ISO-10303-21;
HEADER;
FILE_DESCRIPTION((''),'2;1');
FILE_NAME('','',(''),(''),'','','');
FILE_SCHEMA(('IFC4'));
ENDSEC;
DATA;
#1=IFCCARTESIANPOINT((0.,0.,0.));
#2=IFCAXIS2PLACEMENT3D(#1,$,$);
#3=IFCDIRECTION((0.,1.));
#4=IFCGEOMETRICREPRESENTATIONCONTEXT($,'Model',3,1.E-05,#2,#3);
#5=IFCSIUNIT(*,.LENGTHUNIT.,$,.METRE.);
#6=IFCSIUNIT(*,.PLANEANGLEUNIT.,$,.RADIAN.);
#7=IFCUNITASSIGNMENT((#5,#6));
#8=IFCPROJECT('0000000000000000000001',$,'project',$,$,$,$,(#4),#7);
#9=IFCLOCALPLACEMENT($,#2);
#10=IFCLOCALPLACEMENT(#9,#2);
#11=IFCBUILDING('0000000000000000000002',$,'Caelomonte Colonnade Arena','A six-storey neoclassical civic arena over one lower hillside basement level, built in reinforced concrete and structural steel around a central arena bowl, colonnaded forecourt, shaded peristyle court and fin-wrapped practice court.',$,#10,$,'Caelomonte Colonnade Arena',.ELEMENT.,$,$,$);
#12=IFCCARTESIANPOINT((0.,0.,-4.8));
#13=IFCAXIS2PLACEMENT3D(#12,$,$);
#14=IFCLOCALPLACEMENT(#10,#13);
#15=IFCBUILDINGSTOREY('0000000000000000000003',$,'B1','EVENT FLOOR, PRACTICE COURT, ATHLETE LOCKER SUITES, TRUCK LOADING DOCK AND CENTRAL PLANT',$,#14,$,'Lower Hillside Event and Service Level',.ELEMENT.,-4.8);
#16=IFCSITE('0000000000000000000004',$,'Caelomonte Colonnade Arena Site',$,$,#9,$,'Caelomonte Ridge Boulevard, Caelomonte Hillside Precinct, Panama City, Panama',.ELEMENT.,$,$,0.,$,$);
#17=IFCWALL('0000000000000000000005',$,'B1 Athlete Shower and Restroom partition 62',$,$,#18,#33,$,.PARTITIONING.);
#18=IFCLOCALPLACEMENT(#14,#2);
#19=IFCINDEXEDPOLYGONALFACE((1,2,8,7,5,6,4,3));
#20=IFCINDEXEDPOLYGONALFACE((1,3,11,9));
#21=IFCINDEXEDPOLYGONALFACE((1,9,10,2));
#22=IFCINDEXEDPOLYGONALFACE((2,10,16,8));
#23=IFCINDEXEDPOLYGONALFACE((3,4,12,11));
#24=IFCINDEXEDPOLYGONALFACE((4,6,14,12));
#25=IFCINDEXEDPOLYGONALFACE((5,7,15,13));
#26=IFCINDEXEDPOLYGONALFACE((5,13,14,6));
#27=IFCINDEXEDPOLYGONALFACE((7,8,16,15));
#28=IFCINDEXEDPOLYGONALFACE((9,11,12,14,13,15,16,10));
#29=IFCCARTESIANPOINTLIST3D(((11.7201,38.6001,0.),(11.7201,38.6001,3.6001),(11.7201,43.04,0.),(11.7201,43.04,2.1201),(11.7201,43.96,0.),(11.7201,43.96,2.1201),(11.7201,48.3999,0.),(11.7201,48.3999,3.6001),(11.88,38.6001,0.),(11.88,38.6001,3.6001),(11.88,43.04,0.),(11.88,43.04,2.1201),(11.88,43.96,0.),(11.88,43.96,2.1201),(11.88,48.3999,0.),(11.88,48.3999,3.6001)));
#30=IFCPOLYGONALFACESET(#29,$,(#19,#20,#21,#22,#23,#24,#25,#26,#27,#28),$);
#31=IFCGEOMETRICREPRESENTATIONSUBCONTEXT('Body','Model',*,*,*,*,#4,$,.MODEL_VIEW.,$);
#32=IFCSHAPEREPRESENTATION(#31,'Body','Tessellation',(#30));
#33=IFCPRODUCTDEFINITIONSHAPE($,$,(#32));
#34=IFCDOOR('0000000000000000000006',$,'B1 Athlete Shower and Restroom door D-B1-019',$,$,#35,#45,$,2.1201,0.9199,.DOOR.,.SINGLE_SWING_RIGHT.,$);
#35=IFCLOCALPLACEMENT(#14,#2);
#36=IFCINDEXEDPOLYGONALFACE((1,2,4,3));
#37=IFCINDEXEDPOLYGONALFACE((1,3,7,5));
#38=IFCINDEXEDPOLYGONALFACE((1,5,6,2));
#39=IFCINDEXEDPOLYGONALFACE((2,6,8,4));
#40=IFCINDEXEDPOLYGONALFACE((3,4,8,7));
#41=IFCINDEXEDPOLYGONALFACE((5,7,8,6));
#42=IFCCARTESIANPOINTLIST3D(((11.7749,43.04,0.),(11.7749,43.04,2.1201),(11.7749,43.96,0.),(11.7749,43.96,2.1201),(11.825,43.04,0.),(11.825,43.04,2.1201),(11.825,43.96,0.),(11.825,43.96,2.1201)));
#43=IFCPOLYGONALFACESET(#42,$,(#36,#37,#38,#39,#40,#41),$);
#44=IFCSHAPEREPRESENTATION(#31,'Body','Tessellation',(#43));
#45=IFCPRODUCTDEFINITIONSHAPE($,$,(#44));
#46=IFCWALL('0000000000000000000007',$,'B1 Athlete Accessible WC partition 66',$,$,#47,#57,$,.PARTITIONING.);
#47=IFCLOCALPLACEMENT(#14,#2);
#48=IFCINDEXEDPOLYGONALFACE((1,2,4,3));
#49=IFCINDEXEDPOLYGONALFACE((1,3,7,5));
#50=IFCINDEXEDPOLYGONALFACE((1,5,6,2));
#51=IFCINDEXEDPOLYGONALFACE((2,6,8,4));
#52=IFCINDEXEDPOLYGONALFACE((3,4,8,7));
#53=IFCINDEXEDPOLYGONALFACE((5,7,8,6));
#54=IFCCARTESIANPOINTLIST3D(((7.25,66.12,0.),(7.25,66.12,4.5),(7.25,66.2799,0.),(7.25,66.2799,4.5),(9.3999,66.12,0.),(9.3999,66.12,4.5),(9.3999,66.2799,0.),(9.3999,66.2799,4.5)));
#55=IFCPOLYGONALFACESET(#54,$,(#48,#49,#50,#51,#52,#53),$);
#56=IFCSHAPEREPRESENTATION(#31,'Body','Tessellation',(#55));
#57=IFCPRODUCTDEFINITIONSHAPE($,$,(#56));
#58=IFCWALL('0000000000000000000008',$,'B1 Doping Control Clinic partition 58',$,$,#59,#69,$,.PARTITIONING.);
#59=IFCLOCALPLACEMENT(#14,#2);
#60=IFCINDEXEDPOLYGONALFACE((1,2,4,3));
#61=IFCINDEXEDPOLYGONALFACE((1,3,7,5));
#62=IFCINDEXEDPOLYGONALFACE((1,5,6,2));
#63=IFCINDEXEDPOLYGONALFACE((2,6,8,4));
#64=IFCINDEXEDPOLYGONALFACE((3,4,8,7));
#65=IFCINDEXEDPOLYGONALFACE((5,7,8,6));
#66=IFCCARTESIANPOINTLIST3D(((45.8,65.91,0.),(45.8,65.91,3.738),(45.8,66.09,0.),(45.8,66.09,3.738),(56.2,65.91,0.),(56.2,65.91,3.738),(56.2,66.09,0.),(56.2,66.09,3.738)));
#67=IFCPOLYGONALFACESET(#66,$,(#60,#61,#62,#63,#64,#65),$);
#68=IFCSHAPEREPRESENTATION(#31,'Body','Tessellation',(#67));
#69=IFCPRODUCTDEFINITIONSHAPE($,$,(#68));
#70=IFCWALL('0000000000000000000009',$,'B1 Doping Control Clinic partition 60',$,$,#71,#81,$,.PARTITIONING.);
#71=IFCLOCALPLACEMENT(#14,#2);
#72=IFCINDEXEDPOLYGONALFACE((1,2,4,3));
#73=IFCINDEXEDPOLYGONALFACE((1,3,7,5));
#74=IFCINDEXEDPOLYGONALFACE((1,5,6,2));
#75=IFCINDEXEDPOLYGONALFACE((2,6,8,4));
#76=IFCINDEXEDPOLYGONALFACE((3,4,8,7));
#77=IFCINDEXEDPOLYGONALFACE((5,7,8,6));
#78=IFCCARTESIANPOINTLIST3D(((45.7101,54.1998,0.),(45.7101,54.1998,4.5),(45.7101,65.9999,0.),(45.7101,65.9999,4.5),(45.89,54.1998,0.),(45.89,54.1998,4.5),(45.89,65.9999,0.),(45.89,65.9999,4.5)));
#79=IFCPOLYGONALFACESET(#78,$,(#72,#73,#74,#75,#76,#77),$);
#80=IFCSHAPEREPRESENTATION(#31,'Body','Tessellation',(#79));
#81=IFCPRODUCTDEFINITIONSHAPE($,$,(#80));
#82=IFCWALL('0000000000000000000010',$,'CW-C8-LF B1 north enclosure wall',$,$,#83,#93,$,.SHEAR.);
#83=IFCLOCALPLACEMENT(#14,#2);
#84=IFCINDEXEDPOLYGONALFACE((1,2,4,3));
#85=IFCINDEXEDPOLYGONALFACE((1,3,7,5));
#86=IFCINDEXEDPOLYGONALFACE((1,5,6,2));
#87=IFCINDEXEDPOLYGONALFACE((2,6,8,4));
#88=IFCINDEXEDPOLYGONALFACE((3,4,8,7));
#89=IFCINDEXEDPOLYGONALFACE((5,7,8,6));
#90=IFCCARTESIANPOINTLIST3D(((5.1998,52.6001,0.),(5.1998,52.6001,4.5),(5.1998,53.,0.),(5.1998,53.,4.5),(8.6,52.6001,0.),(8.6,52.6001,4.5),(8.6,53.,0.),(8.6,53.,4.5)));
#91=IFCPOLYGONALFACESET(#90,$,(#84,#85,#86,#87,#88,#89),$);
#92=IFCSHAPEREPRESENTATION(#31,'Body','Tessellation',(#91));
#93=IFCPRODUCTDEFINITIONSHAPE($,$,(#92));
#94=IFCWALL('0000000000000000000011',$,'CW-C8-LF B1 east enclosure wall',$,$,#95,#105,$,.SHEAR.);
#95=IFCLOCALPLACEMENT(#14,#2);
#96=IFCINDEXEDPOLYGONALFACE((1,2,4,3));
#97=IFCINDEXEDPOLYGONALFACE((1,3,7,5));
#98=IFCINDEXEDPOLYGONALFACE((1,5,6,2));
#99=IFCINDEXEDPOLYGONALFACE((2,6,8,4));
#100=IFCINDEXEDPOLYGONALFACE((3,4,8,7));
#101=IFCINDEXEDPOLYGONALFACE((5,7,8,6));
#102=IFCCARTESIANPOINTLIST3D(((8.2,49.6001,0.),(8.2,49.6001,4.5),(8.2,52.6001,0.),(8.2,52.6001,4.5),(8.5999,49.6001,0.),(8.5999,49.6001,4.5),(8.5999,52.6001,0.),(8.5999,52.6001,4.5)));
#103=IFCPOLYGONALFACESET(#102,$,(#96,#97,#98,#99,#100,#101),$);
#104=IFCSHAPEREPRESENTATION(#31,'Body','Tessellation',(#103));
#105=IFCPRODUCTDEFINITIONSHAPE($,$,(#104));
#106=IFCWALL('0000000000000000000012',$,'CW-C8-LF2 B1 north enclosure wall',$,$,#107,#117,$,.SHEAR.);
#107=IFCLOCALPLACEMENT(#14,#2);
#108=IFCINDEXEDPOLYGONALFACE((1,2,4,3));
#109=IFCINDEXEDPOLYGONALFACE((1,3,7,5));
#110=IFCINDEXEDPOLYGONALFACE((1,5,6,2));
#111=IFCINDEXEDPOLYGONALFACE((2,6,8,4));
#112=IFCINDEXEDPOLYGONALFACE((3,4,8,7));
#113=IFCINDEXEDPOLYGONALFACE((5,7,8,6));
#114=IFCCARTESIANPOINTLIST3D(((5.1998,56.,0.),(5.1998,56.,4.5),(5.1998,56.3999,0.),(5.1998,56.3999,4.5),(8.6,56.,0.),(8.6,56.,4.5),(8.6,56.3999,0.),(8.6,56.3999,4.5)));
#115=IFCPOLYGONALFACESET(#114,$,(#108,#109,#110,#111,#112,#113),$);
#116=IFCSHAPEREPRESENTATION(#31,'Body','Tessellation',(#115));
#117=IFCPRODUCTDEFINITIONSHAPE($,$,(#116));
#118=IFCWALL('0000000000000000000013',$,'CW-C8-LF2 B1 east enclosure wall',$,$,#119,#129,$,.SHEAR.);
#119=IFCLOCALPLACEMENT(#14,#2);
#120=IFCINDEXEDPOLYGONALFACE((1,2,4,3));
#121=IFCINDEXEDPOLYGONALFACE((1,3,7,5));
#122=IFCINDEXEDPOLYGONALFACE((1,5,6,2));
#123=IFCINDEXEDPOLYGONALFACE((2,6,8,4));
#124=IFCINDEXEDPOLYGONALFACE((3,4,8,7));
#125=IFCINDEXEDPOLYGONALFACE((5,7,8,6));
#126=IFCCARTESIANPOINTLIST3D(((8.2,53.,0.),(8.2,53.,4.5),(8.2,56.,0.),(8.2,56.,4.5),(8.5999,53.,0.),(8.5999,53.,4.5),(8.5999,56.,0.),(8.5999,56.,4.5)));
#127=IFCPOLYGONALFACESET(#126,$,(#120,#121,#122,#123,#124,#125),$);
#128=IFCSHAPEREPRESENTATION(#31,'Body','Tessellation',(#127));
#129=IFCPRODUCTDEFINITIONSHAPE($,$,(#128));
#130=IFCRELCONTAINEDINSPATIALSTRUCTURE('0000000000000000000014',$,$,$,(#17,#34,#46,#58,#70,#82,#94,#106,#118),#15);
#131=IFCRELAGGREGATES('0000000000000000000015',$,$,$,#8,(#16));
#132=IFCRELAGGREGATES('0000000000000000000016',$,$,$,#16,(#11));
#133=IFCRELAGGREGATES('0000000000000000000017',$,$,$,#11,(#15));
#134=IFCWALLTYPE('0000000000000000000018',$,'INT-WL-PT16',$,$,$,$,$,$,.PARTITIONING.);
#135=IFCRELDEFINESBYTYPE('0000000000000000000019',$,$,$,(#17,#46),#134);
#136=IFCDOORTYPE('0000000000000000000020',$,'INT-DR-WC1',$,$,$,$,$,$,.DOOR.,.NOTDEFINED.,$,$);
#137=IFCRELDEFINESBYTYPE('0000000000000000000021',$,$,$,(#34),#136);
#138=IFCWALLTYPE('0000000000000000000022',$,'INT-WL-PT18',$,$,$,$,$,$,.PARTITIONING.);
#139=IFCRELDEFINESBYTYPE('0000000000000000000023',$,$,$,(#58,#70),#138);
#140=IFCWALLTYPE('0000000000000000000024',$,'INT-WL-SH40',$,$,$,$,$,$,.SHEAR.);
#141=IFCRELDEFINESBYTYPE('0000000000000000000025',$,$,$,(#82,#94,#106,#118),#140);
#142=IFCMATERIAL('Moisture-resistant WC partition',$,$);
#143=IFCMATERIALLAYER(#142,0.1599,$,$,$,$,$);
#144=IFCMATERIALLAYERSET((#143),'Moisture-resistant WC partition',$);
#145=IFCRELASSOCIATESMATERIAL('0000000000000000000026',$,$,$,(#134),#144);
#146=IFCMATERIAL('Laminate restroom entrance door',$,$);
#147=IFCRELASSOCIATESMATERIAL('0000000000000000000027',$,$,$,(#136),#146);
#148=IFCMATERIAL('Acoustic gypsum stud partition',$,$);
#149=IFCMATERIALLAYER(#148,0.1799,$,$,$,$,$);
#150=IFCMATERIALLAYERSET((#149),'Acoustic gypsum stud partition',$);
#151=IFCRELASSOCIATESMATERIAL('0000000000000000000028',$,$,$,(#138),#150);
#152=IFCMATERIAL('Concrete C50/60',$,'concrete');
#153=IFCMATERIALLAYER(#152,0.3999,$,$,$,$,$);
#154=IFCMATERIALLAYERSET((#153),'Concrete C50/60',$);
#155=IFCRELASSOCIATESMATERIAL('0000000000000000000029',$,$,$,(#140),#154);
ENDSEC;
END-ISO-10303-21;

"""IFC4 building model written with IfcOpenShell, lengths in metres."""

from ifc_helpers import new_model, si_unit, direction, frame, frame_2d, origin, place, context, subcontext, project, spatial, rectangle, extrude, material, layer, layer_set, type_object, element, fill, save


model = new_model("IFC4")

# Units and contexts
model_context = context("Model", 3, precision=1e-05, world=origin(), true_north=direction((0.0, 1.0)))
body_context = subcontext(model_context, "Body", "Model", "MODEL_VIEW")
ifc_project = project(units=[si_unit("LENGTHUNIT", "METRE"), si_unit("PLANEANGLEUNIT", "RADIAN")], contexts=[model_context])

# Site, building, storey
site_placement = place(None, origin())
site = spatial("IfcSite", under=ifc_project, at=site_placement, Name="Caelomonte Colonnade Arena Site", LongName="Caelomonte Ridge Boulevard, Caelomonte Hillside Precinct, Panama City, Panama", CompositionType="ELEMENT", RefElevation=0.0)
building_placement = place(site_placement, origin())
building = spatial("IfcBuilding", under=site, at=building_placement, Name="Caelomonte Colonnade Arena", Description="A six-storey neoclassical civic arena over one lower hillside basement level, built in reinforced concrete and structural steel around a central arena bowl, colonnaded forecourt, shaded peristyle court and fin-wrapped practice court.", LongName="Caelomonte Colonnade Arena", CompositionType="ELEMENT")
storey_placement = place(building_placement, frame((0.0, 0.0, -4.8)))
storey = spatial("IfcBuildingStorey", under=building, at=storey_placement, Name="B1", Description="EVENT FLOOR, PRACTICE COURT, ATHLETE LOCKER SUITES, TRUCK LOADING DOCK AND CENTRAL PLANT", LongName="Lower Hillside Event and Service Level", CompositionType="ELEMENT", Elevation=-4.8)

# Wall, opening, door
ifc_material_1 = material(Name="Moisture-resistant WC partition")
ifc_layer_1 = layer(ifc_material_1, 0.1599)
ifc_layer_set_1 = layer_set([ifc_layer_1], Name="Moisture-resistant WC partition")
wall_type_1 = type_object("IfcWallType", Name="INT-WL-PT16", PredefinedType="PARTITIONING", material=ifc_layer_set_1)
wall_1_placement = place(storey_placement, frame((11.8, 48.3999, 0.0), z_axis=(0.0, 0.0, 1.0), x_axis=(0.0, -1.0, 0.0)))
wall_1 = element("IfcWall", 1, at=wall_1_placement, inside=storey, type_object=wall_type_1, Name="B1 Athlete Shower and Restroom partition 62", PredefinedType="PARTITIONING", context=body_context, shape_type="SweptSolid", body=[
    extrude(rectangle(XDim=9.7998, YDim=0.1599, at=frame_2d((4.8999, 0.0))), origin(), (0.0, 0.0, 1.0), 3.6001),
])
opening_placement = place(wall_1_placement, frame((4.4399, 0.0, 0.0), z_axis=(0.0, 0.0, 1.0), x_axis=(1.0, 0.0, 0.0)))
opening = element("IfcOpeningElement", 2, at=opening_placement, cuts=wall_1, PredefinedType="OPENING", context=body_context, shape_type="SweptSolid", body=[
    extrude(rectangle(XDim=0.9199, YDim=2.1201, at=frame_2d((0.46, 1.0601))), frame((0.0, 0.0898, 0.0), z_axis=(0.0, -1.0, 0.0), x_axis=(1.0, 0.0, 0.0)), (0.0, 0.0, 1.0), 0.1799),
])
ifc_material_2 = material(Name="Laminate restroom entrance door")
door_type = type_object("IfcDoorType", Name="INT-DR-WC1", OperationType="NOTDEFINED", PredefinedType="DOOR", material=ifc_material_2)
door_placement = place(opening_placement, origin())
door = element("IfcDoor", 3, at=door_placement, inside=storey, type_object=door_type, Name="B1 Athlete Shower and Restroom door D-B1-019", OperationType="SINGLE_SWING_RIGHT", OverallHeight=2.1201, OverallWidth=0.9199, PredefinedType="DOOR", context=body_context, shape_type="SweptSolid", body=[
    extrude(rectangle(XDim=0.9199, YDim=2.1201, at=frame_2d((0.46, 1.0601))), frame((0.0, 0.0249, 0.0), z_axis=(0.0, -1.0, 0.0), x_axis=(1.0, 0.0, 0.0)), (0.0, 0.0, 1.0), 0.05),
])
fill(opening, door)

# Walls
wall_2_placement = place(storey_placement, frame((9.3999, 66.2, 0.0), z_axis=(0.0, 0.0, 1.0), x_axis=(-1.0, 0.0, 0.0)))
element("IfcWall", 4, at=wall_2_placement, inside=storey, type_object=wall_type_1, Name="B1 Athlete Accessible WC partition 66", PredefinedType="PARTITIONING", context=body_context, shape_type="SweptSolid", body=[
    extrude(rectangle(XDim=2.1499, YDim=0.1599, at=frame_2d((1.075, 0.0))), origin(), (0.0, 0.0, 1.0), 4.5),
])
ifc_material_3 = material(Name="Acoustic gypsum stud partition")
ifc_layer_2 = layer(ifc_material_3, 0.1799)
ifc_layer_set_2 = layer_set([ifc_layer_2], Name="Acoustic gypsum stud partition")
wall_type_2 = type_object("IfcWallType", Name="INT-WL-PT18", PredefinedType="PARTITIONING", material=ifc_layer_set_2)
wall_3_placement = place(storey_placement, frame((45.8, 66.0, 0.0), z_axis=(0.0, 0.0, 1.0), x_axis=(1.0, 0.0, 0.0)))
element("IfcWall", 5, at=wall_3_placement, inside=storey, type_object=wall_type_2, Name="B1 Doping Control Clinic partition 58", PredefinedType="PARTITIONING", context=body_context, shape_type="SweptSolid", body=[
    extrude(rectangle(XDim=10.3999, YDim=0.1799, at=frame_2d((5.2, 0.0))), origin(), (0.0, 0.0, 1.0), 3.738),
])
wall_4_placement = place(storey_placement, frame((45.8, 54.2, 0.0), z_axis=(0.0, 0.0, 1.0), x_axis=(0.0, 1.0, 0.0)))
element("IfcWall", 6, at=wall_4_placement, inside=storey, type_object=wall_type_2, Name="B1 Doping Control Clinic partition 60", PredefinedType="PARTITIONING", context=body_context, shape_type="SweptSolid", body=[
    extrude(rectangle(XDim=11.8, YDim=0.1799, at=frame_2d((5.8999, 0.0))), origin(), (0.0, 0.0, 1.0), 4.5),
])
ifc_material_4 = material(Name="Concrete C50/60", Category="concrete")
ifc_layer_3 = layer(ifc_material_4, 0.3999)
ifc_layer_set_3 = layer_set([ifc_layer_3], Name="Concrete C50/60")
wall_type_3 = type_object("IfcWallType", Name="INT-WL-SH40", PredefinedType="SHEAR", material=ifc_layer_set_3)
wall_5_placement = place(storey_placement, frame((8.6001, 52.8, 0.0), z_axis=(0.0, 0.0, 1.0), x_axis=(-1.0, 0.0, 0.0)))
element("IfcWall", 7, at=wall_5_placement, inside=storey, type_object=wall_type_3, Name="CW-C8-LF B1 north enclosure wall", PredefinedType="SHEAR", context=body_context, shape_type="SweptSolid", body=[
    extrude(rectangle(XDim=3.4001, YDim=0.3999, at=frame_2d((1.7002, 0.0))), origin(), (0.0, 0.0, 1.0), 4.5),
])
wall_6_placement = place(storey_placement, frame((8.3999, 49.6001, 0.0), z_axis=(0.0, 0.0, 1.0), x_axis=(0.0, 1.0, 0.0)))
element("IfcWall", 8, at=wall_6_placement, inside=storey, type_object=wall_type_3, Name="CW-C8-LF B1 east enclosure wall", PredefinedType="SHEAR", context=body_context, shape_type="SweptSolid", body=[
    extrude(rectangle(XDim=3.0, YDim=0.3999, at=frame_2d((1.5, 0.0))), origin(), (0.0, 0.0, 1.0), 4.5),
])
wall_7_placement = place(storey_placement, frame((8.6001, 56.2, 0.0), z_axis=(0.0, 0.0, 1.0), x_axis=(-1.0, 0.0, 0.0)))
element("IfcWall", 9, at=wall_7_placement, inside=storey, type_object=wall_type_3, Name="CW-C8-LF2 B1 north enclosure wall", PredefinedType="SHEAR", context=body_context, shape_type="SweptSolid", body=[
    extrude(rectangle(XDim=3.4001, YDim=0.3999, at=frame_2d((1.7002, 0.0))), origin(), (0.0, 0.0, 1.0), 4.5),
])
wall_8_placement = place(storey_placement, frame((8.3999, 53.0, 0.0), z_axis=(0.0, 0.0, 1.0), x_axis=(0.0, 1.0, 0.0)))
element("IfcWall", 10, at=wall_8_placement, inside=storey, type_object=wall_type_3, Name="CW-C8-LF2 B1 east enclosure wall", PredefinedType="SHEAR", context=body_context, shape_type="SweptSolid", body=[
    extrude(rectangle(XDim=3.0, YDim=0.3999, at=frame_2d((1.5, 0.0))), origin(), (0.0, 0.0, 1.0), 4.5),
])

save(model, "model.ifc")
